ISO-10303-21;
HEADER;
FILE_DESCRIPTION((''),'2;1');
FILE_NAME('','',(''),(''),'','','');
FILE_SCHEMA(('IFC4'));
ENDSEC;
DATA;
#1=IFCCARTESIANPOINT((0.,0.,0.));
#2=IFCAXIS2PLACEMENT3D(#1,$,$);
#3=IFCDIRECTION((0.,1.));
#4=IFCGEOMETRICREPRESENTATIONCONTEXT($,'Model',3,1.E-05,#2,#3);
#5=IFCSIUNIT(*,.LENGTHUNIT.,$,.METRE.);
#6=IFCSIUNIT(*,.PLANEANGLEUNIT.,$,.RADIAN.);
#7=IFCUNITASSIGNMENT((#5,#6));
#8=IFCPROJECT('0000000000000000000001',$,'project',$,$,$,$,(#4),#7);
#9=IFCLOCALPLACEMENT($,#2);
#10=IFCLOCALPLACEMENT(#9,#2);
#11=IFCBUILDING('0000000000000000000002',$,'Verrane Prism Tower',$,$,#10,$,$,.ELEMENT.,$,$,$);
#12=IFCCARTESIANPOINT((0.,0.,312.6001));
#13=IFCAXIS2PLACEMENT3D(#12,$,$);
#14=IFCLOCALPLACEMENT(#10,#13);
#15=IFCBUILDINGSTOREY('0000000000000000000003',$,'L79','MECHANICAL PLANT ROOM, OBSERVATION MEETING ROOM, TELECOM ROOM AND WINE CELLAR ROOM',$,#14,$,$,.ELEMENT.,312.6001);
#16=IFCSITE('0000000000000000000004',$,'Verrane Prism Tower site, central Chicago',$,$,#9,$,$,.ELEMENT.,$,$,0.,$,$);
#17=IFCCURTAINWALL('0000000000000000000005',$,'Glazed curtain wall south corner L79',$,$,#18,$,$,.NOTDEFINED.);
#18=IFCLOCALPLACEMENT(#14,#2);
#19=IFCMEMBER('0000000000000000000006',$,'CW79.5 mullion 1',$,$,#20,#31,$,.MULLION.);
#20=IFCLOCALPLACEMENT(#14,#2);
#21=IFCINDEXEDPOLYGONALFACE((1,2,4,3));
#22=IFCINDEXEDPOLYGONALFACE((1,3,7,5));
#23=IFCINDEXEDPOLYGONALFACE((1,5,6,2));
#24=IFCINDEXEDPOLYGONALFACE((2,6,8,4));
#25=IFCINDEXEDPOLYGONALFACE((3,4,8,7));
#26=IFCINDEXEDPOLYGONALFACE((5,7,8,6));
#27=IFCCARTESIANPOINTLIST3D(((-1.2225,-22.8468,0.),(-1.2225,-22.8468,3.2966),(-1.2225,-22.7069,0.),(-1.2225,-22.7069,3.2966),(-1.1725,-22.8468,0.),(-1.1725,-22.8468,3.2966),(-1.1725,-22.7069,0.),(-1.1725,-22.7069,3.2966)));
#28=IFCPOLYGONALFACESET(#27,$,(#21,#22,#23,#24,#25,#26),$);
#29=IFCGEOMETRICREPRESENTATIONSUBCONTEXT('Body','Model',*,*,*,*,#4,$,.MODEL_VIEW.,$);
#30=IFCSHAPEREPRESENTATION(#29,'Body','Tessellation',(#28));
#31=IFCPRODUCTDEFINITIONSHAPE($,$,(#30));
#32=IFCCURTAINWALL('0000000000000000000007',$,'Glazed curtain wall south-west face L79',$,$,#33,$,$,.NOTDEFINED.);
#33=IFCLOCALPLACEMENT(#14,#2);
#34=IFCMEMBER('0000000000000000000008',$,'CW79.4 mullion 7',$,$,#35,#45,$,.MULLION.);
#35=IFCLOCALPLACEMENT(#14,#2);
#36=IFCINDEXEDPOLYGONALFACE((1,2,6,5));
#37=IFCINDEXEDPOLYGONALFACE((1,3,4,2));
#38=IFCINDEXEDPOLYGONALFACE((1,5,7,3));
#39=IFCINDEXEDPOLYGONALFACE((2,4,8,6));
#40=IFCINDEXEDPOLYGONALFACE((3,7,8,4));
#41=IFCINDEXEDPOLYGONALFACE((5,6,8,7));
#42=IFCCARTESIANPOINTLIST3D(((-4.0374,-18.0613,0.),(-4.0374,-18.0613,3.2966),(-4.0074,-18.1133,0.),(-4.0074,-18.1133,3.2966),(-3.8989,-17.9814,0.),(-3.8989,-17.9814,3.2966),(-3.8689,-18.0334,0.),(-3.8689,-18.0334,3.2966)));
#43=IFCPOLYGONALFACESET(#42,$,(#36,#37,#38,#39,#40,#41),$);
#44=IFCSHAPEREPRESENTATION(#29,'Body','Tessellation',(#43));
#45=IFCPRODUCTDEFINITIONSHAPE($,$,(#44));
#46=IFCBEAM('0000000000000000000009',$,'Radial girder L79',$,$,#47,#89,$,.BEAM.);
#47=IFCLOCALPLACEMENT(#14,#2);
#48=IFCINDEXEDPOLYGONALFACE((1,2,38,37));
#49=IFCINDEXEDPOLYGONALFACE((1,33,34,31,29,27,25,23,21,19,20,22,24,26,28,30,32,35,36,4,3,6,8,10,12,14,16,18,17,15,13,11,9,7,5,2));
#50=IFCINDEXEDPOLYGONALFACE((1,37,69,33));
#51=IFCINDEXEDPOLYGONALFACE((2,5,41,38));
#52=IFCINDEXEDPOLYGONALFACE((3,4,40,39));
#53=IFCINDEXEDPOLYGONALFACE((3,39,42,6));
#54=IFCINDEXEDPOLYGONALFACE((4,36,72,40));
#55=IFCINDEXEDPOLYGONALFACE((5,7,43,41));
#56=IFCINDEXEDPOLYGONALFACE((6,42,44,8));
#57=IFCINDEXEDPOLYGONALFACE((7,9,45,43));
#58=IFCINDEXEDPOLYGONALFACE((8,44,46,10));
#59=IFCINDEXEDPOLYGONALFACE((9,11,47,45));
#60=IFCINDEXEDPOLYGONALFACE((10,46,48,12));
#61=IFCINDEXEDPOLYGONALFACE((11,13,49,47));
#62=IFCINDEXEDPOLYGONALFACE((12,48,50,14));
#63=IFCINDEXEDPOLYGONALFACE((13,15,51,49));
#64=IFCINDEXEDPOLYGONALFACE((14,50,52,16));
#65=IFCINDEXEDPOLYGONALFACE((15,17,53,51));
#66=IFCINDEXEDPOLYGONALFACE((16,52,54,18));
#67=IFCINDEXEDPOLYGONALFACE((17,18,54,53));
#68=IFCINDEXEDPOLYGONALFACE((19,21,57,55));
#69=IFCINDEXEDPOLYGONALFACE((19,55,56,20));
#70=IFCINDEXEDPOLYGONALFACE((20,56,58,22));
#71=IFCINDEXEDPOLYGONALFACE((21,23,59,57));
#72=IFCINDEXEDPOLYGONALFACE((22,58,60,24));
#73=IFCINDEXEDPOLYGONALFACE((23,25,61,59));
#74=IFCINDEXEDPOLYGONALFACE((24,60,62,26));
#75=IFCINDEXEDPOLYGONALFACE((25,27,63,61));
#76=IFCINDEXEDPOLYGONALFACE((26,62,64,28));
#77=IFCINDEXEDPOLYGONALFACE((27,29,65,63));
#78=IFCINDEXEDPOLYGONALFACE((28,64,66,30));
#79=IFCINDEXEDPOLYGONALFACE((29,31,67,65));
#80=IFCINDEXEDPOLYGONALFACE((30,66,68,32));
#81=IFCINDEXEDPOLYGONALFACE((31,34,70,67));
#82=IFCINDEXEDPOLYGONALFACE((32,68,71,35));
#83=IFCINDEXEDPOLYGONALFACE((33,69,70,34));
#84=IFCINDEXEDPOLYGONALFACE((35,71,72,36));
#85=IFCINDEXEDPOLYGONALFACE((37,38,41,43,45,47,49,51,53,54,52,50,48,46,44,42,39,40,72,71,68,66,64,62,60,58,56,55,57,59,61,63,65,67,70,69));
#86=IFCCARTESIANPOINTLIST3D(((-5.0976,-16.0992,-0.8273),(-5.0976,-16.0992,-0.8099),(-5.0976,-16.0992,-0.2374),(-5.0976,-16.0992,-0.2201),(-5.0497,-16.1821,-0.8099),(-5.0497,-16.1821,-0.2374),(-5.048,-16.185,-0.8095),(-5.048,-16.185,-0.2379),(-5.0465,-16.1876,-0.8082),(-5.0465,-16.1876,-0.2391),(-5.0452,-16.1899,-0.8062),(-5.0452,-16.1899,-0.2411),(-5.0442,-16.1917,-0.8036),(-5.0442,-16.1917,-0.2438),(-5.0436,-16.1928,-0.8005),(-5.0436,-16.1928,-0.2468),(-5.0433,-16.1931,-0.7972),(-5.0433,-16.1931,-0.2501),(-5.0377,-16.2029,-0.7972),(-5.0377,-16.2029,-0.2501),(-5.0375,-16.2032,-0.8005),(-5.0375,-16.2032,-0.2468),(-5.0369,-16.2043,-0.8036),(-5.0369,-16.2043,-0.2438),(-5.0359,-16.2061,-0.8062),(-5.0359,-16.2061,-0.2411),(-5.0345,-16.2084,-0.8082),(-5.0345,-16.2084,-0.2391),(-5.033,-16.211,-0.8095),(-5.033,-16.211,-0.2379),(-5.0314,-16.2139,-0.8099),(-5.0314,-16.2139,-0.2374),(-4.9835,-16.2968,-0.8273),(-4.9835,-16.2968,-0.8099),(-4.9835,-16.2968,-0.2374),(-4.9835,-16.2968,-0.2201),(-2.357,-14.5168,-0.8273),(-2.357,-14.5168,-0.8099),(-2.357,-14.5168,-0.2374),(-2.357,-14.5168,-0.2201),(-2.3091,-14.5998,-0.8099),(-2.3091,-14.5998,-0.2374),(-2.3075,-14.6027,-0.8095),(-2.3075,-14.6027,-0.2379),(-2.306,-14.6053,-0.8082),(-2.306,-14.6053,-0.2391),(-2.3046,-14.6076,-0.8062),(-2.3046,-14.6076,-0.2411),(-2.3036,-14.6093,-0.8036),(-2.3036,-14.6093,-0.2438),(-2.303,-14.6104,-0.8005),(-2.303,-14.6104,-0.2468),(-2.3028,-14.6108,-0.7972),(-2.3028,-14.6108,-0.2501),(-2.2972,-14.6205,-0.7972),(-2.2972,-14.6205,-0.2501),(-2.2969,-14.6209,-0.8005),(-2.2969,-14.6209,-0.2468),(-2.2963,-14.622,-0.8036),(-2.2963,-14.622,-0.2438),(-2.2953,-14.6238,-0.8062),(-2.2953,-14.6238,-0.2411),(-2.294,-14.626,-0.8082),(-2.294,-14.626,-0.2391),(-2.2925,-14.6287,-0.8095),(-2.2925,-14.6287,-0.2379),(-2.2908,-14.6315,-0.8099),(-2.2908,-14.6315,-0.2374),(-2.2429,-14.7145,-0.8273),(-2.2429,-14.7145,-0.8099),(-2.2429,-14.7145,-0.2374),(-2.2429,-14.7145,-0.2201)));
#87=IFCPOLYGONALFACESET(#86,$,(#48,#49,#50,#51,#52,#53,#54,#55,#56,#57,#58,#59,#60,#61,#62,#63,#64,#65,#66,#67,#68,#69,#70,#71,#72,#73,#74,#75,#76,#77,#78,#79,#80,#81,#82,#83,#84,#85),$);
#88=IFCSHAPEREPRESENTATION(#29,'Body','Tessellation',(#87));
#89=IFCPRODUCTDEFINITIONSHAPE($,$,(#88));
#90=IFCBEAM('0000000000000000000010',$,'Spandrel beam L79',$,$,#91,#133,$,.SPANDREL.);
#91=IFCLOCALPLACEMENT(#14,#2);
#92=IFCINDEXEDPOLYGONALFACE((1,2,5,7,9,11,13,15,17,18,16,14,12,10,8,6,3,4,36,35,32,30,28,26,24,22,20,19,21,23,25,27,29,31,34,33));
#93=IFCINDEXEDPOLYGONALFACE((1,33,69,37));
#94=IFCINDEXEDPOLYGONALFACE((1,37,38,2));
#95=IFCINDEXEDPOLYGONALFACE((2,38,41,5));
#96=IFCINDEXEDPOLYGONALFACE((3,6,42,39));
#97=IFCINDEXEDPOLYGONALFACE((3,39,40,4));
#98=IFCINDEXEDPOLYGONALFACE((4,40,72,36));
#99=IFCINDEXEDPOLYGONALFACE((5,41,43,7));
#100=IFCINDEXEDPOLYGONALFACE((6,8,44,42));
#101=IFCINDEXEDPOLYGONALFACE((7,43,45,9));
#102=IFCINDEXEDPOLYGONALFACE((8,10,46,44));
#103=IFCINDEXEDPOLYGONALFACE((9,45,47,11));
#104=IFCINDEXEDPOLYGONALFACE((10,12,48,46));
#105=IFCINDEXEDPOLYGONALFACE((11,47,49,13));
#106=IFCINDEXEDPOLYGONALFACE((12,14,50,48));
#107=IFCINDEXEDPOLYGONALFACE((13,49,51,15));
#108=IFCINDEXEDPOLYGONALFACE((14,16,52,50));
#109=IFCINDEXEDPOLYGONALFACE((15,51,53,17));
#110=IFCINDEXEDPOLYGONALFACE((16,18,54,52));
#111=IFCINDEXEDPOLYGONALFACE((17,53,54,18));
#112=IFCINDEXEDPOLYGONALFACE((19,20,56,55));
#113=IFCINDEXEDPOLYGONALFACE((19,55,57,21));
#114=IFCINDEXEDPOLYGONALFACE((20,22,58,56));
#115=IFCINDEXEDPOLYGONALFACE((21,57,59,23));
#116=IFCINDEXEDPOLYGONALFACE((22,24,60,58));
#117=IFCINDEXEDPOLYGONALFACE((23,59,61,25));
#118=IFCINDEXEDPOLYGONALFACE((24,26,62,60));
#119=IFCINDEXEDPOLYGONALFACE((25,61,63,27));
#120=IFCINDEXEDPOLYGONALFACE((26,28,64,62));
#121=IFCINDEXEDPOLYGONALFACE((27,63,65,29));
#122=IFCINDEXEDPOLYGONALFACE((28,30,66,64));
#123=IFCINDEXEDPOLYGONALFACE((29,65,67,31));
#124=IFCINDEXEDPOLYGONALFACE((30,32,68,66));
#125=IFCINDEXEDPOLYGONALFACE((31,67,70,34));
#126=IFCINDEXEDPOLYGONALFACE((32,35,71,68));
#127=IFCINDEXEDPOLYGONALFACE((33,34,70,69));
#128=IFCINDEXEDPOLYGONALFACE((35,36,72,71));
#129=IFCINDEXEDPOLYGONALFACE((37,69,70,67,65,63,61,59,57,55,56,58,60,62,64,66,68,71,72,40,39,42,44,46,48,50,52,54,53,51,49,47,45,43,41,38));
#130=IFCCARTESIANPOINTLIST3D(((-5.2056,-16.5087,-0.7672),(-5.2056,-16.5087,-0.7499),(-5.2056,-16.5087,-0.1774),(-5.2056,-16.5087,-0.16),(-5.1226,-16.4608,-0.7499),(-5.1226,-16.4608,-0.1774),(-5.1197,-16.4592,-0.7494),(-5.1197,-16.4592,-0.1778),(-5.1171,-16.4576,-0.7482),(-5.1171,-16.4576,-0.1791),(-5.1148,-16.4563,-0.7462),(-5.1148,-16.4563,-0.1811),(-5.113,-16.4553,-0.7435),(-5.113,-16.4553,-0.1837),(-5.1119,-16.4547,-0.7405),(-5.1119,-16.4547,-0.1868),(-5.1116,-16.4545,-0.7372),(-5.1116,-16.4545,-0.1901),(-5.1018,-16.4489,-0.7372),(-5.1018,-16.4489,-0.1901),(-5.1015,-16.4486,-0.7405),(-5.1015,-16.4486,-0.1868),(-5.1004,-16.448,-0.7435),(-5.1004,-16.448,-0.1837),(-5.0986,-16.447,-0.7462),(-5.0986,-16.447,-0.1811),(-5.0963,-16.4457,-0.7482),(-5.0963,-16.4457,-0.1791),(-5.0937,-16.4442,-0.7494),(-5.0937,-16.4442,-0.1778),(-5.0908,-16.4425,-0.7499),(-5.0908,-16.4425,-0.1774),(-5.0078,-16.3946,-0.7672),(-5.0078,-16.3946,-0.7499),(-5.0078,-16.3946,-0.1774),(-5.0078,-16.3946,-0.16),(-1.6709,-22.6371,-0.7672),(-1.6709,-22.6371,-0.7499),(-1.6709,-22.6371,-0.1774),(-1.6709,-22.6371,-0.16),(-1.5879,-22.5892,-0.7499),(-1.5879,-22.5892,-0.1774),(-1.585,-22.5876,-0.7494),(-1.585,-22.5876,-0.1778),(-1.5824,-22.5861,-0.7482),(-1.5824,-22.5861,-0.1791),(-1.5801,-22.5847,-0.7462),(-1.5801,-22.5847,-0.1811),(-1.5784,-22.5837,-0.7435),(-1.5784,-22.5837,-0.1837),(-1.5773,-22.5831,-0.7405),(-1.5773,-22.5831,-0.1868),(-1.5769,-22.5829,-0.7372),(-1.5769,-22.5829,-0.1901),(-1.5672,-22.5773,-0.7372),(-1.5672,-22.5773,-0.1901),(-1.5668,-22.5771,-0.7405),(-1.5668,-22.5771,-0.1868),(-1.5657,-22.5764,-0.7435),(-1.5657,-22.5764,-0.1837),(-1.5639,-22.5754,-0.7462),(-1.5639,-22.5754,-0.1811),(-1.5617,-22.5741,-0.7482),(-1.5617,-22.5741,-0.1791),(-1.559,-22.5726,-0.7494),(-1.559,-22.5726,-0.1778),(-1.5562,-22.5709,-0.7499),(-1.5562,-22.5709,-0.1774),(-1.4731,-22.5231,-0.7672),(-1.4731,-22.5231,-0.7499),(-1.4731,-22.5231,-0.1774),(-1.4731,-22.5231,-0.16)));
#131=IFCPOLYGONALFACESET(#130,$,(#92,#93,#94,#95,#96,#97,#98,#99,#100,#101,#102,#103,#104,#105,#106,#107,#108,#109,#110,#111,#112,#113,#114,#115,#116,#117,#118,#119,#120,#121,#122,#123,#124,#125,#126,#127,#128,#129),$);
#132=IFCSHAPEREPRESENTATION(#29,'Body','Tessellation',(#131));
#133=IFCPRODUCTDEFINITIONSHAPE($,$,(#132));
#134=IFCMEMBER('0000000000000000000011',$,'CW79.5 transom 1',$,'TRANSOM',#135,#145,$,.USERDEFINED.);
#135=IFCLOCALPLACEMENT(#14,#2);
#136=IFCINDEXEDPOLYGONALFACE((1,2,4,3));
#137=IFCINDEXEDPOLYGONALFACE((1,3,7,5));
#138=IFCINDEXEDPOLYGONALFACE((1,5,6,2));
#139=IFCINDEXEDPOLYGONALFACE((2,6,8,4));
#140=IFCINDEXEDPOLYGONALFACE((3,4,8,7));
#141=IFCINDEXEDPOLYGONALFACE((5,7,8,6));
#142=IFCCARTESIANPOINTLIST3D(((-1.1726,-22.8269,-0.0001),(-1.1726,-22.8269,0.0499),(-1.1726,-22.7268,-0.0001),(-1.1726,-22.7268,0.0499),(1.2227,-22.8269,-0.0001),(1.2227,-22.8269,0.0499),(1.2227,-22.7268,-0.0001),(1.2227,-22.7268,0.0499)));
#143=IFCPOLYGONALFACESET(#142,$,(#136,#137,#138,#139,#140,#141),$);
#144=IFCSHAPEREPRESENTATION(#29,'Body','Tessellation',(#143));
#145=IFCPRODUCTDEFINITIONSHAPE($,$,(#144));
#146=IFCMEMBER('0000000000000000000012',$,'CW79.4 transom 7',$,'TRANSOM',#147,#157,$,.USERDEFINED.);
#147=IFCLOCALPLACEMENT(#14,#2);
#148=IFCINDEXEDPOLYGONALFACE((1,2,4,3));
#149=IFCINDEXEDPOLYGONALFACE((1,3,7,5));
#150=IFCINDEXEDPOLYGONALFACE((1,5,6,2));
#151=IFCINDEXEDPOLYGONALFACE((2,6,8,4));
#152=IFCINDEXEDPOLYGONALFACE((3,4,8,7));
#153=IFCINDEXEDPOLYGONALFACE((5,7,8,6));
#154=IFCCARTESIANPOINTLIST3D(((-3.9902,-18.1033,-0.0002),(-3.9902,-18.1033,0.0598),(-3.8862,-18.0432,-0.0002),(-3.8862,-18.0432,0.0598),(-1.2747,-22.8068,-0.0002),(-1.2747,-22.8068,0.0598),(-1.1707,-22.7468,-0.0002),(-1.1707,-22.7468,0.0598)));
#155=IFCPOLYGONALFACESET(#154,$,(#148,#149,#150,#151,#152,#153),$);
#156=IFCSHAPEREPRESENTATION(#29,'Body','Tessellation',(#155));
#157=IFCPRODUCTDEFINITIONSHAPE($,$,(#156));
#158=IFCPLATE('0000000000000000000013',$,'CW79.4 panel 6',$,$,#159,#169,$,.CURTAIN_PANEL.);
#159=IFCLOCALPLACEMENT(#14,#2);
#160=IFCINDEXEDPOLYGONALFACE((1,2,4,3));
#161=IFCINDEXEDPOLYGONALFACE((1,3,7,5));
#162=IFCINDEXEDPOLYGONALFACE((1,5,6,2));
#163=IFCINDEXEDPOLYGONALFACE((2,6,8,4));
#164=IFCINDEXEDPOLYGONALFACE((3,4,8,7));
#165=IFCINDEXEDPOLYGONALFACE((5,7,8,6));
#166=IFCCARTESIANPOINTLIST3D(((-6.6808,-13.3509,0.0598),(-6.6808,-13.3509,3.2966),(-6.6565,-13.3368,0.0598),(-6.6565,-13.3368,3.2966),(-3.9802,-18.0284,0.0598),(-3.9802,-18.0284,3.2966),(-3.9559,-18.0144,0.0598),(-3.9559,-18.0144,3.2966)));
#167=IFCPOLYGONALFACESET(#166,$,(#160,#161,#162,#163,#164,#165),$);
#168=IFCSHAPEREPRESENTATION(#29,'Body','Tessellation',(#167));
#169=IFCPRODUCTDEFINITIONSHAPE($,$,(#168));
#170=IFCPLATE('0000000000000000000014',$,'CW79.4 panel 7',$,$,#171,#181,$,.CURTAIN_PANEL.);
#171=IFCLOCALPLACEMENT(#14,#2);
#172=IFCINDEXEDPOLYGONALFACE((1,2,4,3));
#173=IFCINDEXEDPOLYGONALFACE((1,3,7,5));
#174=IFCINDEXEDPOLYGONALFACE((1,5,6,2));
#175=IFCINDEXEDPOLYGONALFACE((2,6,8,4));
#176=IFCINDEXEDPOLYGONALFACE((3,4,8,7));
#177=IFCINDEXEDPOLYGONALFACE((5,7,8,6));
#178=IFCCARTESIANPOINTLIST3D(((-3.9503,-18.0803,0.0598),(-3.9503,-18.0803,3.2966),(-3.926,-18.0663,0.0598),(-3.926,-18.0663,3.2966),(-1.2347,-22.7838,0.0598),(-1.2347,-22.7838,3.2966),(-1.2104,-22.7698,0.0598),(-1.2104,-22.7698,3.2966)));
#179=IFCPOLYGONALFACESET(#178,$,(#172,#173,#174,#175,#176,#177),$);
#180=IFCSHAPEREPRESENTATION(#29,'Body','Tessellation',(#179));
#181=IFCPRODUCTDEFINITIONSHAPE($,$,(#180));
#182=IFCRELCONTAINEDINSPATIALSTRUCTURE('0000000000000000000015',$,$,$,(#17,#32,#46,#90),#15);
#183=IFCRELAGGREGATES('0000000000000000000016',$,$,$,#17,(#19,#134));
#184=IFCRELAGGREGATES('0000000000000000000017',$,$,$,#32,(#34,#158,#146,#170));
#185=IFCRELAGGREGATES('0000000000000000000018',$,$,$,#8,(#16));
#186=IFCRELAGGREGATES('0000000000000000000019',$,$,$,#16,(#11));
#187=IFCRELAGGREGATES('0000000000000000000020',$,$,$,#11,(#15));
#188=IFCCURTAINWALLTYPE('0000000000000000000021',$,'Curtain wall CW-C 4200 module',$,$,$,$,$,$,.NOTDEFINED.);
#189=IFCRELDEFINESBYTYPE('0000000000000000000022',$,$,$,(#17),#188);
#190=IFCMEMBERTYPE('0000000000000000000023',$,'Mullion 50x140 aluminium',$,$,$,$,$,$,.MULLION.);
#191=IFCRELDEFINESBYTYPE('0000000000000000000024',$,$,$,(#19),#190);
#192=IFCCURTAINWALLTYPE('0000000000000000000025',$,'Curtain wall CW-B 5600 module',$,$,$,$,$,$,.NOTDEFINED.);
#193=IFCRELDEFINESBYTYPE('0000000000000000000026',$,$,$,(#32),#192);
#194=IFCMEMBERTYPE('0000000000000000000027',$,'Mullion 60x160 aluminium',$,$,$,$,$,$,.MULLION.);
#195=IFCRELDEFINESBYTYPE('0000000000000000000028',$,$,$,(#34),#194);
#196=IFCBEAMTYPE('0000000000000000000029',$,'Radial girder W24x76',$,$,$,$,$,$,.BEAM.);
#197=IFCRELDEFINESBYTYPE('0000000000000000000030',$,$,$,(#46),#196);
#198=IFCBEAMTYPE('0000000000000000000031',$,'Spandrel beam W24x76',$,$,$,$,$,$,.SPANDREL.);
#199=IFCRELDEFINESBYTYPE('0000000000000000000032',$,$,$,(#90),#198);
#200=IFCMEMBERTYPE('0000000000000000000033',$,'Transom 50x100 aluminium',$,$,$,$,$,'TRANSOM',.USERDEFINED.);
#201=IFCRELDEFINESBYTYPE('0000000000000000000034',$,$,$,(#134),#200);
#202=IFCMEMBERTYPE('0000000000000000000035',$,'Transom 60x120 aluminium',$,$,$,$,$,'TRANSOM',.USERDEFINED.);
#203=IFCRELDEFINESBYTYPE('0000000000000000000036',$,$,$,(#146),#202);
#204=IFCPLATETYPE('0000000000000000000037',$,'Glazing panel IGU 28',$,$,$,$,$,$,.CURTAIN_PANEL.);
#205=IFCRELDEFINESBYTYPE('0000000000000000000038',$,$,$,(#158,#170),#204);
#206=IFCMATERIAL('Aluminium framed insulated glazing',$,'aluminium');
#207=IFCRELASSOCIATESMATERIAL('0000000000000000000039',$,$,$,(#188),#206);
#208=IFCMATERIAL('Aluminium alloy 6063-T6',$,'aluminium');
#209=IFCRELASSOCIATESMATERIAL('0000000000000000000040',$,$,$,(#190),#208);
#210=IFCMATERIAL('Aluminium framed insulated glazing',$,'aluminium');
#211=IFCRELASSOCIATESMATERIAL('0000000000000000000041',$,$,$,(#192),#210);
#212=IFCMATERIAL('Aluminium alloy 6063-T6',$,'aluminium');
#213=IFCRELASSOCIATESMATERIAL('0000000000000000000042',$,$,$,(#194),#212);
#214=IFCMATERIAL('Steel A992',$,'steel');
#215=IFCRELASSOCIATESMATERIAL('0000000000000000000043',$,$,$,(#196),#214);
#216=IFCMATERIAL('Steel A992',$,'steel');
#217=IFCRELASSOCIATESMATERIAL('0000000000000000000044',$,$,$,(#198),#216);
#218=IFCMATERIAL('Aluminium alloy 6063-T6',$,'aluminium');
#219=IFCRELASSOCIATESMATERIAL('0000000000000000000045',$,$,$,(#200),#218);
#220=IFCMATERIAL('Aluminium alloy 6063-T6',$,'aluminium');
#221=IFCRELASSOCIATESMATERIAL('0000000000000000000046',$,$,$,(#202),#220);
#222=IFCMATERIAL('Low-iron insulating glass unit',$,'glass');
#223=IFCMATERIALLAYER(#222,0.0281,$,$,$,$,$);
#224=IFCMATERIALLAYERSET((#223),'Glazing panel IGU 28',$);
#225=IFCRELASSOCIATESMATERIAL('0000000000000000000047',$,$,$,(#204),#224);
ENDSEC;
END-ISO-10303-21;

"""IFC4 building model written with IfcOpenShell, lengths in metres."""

from ifc_helpers import new_model, si_unit, direction, frame, origin, origin_2d, place, context, subcontext, project, spatial, rectangle, i_section, extrude, material, layer, layer_set, material_profile, profile_set, type_object, element, aggregate, save


model = new_model("IFC4")

# Units and contexts
model_context = context("Model", 3, precision=1e-05, world=origin(), true_north=direction((0.0, 1.0)))
body_context = subcontext(model_context, "Body", "Model", "MODEL_VIEW")
ifc_project = project(units=[si_unit("LENGTHUNIT", "METRE"), si_unit("PLANEANGLEUNIT", "RADIAN")], contexts=[model_context])

# Site, building, storey
site_placement = place(None, origin())
site = spatial("IfcSite", under=ifc_project, at=site_placement, Name="Verrane Prism Tower site, central Chicago", CompositionType="ELEMENT", RefElevation=0.0)
building_placement = place(site_placement, origin())
building = spatial("IfcBuilding", under=site, at=building_placement, Name="Verrane Prism Tower", CompositionType="ELEMENT")
storey_placement = place(building_placement, frame((0.0, 0.0, 312.6001)))
storey = spatial("IfcBuildingStorey", under=building, at=storey_placement, Name="L79", Description="MECHANICAL PLANT ROOM, OBSERVATION MEETING ROOM, TELECOM ROOM AND WINE CELLAR ROOM", CompositionType="ELEMENT", Elevation=312.6001)

# Curtain walls, members
ifc_material_1 = material(Name="Aluminium framed insulated glazing", Category="aluminium")
curtain_wall_type_1 = type_object("IfcCurtainWallType", Name="Curtain wall CW-C 4200 module", PredefinedType="NOTDEFINED", material=ifc_material_1)
curtain_wall_1_placement = place(storey_placement, origin())
curtain_wall_1 = element("IfcCurtainWall", 1, at=curtain_wall_1_placement, inside=storey, type_object=curtain_wall_type_1, Name="Glazed curtain wall south corner L79", PredefinedType="NOTDEFINED")
ifc_material_2 = material(Name="Aluminium alloy 6063-T6", Category="aluminium")
ifc_material_profile_1 = material_profile(ifc_material_2, rectangle(XDim=0.1399, YDim=0.05, at=origin_2d()), Name="Mullion 50x140 aluminium")
ifc_profile_set_1 = profile_set([ifc_material_profile_1], Name="Aluminium alloy 6063-T6")
member_type_1 = type_object("IfcMemberType", Name="Mullion 50x140 aluminium", PredefinedType="MULLION", material=ifc_profile_set_1)
member_1_placement = place(storey_placement, frame((-1.1975, -22.7769, 0.0), z_axis=(0.0, 0.0, 1.0), x_axis=(0.0, 1.0, 0.0)))
member_1 = element("IfcMember", 2, at=member_1_placement, type_object=member_type_1, Name="CW79.5 mullion 1", PredefinedType="MULLION", context=body_context, shape_type="SweptSolid", body=[
    extrude(rectangle(XDim=0.1399, YDim=0.05, at=origin_2d()), origin(), (0.0, 0.0, 1.0), 3.2966),
])
ifc_material_3 = material(Name="Aluminium framed insulated glazing", Category="aluminium")
curtain_wall_type_2 = type_object("IfcCurtainWallType", Name="Curtain wall CW-B 5600 module", PredefinedType="NOTDEFINED", material=ifc_material_3)
curtain_wall_2_placement = place(storey_placement, origin())
curtain_wall_2 = element("IfcCurtainWall", 3, at=curtain_wall_2_placement, inside=storey, type_object=curtain_wall_type_2, Name="Glazed curtain wall south-west face L79", PredefinedType="NOTDEFINED")
ifc_material_4 = material(Name="Aluminium alloy 6063-T6", Category="aluminium")
ifc_material_profile_2 = material_profile(ifc_material_4, rectangle(XDim=0.1599, YDim=0.0601, at=origin_2d()), Name="Mullion 60x160 aluminium")
ifc_profile_set_2 = profile_set([ifc_material_profile_2], Name="Aluminium alloy 6063-T6")
member_type_2 = type_object("IfcMemberType", Name="Mullion 60x160 aluminium", PredefinedType="MULLION", material=ifc_profile_set_2)
member_2_placement = place(storey_placement, frame((-3.9531, -18.0474, 0.0), z_axis=(0.0, 0.0, 1.0), x_axis=(0.866025, 0.5, 0.0)))
member_2 = element("IfcMember", 4, at=member_2_placement, type_object=member_type_2, Name="CW79.4 mullion 7", PredefinedType="MULLION", context=body_context, shape_type="SweptSolid", body=[
    extrude(rectangle(XDim=0.1599, YDim=0.0601, at=origin_2d()), origin(), (0.0, 0.0, 1.0), 3.2966),
])

# Beams
ifc_material_5 = material(Name="Steel A992", Category="steel")
ifc_material_profile_3 = material_profile(ifc_material_5, i_section(OverallWidth=0.2283, OverallDepth=0.6072, WebThickness=0.0112, FlangeThickness=0.0173, FilletRadius=0.0127, at=origin_2d()), Name="W24x76")
ifc_profile_set_3 = profile_set([ifc_material_profile_3], Name="Steel A992")
beam_type_1 = type_object("IfcBeamType", Name="Radial girder W24x76", PredefinedType="BEAM", material=ifc_profile_set_3)
beam_1_placement = place(storey_placement, frame((-5.0405, -16.198, -0.5237), z_axis=(0.866017, 0.500014, 0.0), x_axis=(-0.500014, 0.866017, 0.0)))
element("IfcBeam", 5, at=beam_1_placement, inside=storey, type_object=beam_type_1, Name="Radial girder L79", PredefinedType="BEAM", context=body_context, shape_type="SweptSolid", body=[
    extrude(i_section(OverallWidth=0.2283, OverallDepth=0.6072, WebThickness=0.0112, FlangeThickness=0.0173, FilletRadius=0.0127, at=origin_2d()), origin(), (0.0, 0.0, 1.0), 3.1646),
])
ifc_material_6 = material(Name="Steel A992", Category="steel")
ifc_material_profile_4 = material_profile(ifc_material_6, i_section(OverallWidth=0.2283, OverallDepth=0.6072, WebThickness=0.0112, FlangeThickness=0.0173, FilletRadius=0.0127, at=origin_2d()), Name="W24x76")
ifc_profile_set_4 = profile_set([ifc_material_profile_4], Name="Steel A992")
beam_type_2 = type_object("IfcBeamType", Name="Spandrel beam W24x76", PredefinedType="SPANDREL", material=ifc_profile_set_4)
beam_2_placement = place(storey_placement, frame((-5.1067, -16.4517, -0.4636), z_axis=(0.499621, -0.866244, 0.0), x_axis=(0.866244, 0.499621, 0.0)))
element("IfcBeam", 6, at=beam_2_placement, inside=storey, type_object=beam_type_2, Name="Spandrel beam L79", PredefinedType="SPANDREL", context=body_context, shape_type="SweptSolid", body=[
    extrude(i_section(OverallWidth=0.2283, OverallDepth=0.6072, WebThickness=0.0112, FlangeThickness=0.0173, FilletRadius=0.0127, at=origin_2d()), origin(), (0.0, 0.0, 1.0), 7.0747),
])

# Members
ifc_material_7 = material(Name="Aluminium alloy 6063-T6", Category="aluminium")
ifc_material_profile_5 = material_profile(ifc_material_7, rectangle(XDim=0.1001, YDim=0.05, at=origin_2d()), Name="Transom 50x100 aluminium")
ifc_profile_set_5 = profile_set([ifc_material_profile_5], Name="Aluminium alloy 6063-T6")
member_type_3 = type_object("IfcMemberType", Name="Transom 50x100 aluminium", ElementType="TRANSOM", PredefinedType="USERDEFINED", material=ifc_profile_set_5)
member_3_placement = place(storey_placement, frame((-1.1726, -22.7769, 0.0249), z_axis=(1.0, 0.0, 0.0), x_axis=(0.0, 1.0, 0.0)))
member_3 = element("IfcMember", 7, at=member_3_placement, type_object=member_type_3, Name="CW79.5 transom 1", ObjectType="TRANSOM", PredefinedType="USERDEFINED", context=body_context, shape_type="SweptSolid", body=[
    extrude(rectangle(XDim=0.1001, YDim=0.05, at=origin_2d()), origin(), (0.0, 0.0, 1.0), 2.3953),
])
aggregate(curtain_wall_1, [member_1, member_3])
ifc_material_8 = material(Name="Aluminium alloy 6063-T6", Category="aluminium")
ifc_material_profile_6 = material_profile(ifc_material_8, rectangle(XDim=0.1201, YDim=0.0601, at=origin_2d()), Name="Transom 60x120 aluminium")
ifc_profile_set_6 = profile_set([ifc_material_profile_6], Name="Aluminium alloy 6063-T6")
member_type_4 = type_object("IfcMemberType", Name="Transom 60x120 aluminium", ElementType="TRANSOM", PredefinedType="USERDEFINED", material=ifc_profile_set_6)
member_4_placement = place(storey_placement, frame((-3.9382, -18.0732, 0.0298), z_axis=(0.499992, -0.86603, 0.0), x_axis=(0.86603, 0.499992, 0.0)))
member_4 = element("IfcMember", 8, at=member_4_placement, type_object=member_type_4, Name="CW79.4 transom 7", ObjectType="TRANSOM", PredefinedType="USERDEFINED", context=body_context, shape_type="SweptSolid", body=[
    extrude(rectangle(XDim=0.1201, YDim=0.0601, at=origin_2d()), origin(), (0.0, 0.0, 1.0), 5.4312),
])

# Plates
ifc_material_9 = material(Name="Low-iron insulating glass unit", Category="glass")
ifc_layer_1 = layer(ifc_material_9, 0.0281)
ifc_layer_set_1 = layer_set([ifc_layer_1], Name="Glazing panel IGU 28")
plate_type = type_object("IfcPlateType", Name="Glazing panel IGU 28", PredefinedType="CURTAIN_PANEL", material=ifc_layer_set_1)
plate_1_placement = place(storey_placement, frame((-5.3184, -15.6826, 0.0598), z_axis=(0.0, 0.0, 1.0), x_axis=(0.5, -0.866025, 0.0)))
plate_1 = element("IfcPlate", 9, at=plate_1_placement, type_object=plate_type, Name="CW79.4 panel 6", PredefinedType="CURTAIN_PANEL", context=body_context, shape_type="SweptSolid", body=[
    extrude(rectangle(XDim=5.4011, YDim=0.0281, at=origin_2d()), origin(), (0.0, 0.0, 1.0), 3.2368),
])
plate_2_placement = place(storey_placement, frame((-2.5803, -20.425, 0.0598), z_axis=(0.0, 0.0, 1.0), x_axis=(0.5, -0.866025, 0.0)))
plate_2 = element("IfcPlate", 10, at=plate_2_placement, type_object=plate_type, Name="CW79.4 panel 7", PredefinedType="CURTAIN_PANEL", context=body_context, shape_type="SweptSolid", body=[
    extrude(rectangle(XDim=5.4312, YDim=0.0281, at=origin_2d()), origin(), (0.0, 0.0, 1.0), 3.2368),
])
aggregate(curtain_wall_2, [member_2, plate_1, member_4, plate_2])

save(model, "model.ifc")
